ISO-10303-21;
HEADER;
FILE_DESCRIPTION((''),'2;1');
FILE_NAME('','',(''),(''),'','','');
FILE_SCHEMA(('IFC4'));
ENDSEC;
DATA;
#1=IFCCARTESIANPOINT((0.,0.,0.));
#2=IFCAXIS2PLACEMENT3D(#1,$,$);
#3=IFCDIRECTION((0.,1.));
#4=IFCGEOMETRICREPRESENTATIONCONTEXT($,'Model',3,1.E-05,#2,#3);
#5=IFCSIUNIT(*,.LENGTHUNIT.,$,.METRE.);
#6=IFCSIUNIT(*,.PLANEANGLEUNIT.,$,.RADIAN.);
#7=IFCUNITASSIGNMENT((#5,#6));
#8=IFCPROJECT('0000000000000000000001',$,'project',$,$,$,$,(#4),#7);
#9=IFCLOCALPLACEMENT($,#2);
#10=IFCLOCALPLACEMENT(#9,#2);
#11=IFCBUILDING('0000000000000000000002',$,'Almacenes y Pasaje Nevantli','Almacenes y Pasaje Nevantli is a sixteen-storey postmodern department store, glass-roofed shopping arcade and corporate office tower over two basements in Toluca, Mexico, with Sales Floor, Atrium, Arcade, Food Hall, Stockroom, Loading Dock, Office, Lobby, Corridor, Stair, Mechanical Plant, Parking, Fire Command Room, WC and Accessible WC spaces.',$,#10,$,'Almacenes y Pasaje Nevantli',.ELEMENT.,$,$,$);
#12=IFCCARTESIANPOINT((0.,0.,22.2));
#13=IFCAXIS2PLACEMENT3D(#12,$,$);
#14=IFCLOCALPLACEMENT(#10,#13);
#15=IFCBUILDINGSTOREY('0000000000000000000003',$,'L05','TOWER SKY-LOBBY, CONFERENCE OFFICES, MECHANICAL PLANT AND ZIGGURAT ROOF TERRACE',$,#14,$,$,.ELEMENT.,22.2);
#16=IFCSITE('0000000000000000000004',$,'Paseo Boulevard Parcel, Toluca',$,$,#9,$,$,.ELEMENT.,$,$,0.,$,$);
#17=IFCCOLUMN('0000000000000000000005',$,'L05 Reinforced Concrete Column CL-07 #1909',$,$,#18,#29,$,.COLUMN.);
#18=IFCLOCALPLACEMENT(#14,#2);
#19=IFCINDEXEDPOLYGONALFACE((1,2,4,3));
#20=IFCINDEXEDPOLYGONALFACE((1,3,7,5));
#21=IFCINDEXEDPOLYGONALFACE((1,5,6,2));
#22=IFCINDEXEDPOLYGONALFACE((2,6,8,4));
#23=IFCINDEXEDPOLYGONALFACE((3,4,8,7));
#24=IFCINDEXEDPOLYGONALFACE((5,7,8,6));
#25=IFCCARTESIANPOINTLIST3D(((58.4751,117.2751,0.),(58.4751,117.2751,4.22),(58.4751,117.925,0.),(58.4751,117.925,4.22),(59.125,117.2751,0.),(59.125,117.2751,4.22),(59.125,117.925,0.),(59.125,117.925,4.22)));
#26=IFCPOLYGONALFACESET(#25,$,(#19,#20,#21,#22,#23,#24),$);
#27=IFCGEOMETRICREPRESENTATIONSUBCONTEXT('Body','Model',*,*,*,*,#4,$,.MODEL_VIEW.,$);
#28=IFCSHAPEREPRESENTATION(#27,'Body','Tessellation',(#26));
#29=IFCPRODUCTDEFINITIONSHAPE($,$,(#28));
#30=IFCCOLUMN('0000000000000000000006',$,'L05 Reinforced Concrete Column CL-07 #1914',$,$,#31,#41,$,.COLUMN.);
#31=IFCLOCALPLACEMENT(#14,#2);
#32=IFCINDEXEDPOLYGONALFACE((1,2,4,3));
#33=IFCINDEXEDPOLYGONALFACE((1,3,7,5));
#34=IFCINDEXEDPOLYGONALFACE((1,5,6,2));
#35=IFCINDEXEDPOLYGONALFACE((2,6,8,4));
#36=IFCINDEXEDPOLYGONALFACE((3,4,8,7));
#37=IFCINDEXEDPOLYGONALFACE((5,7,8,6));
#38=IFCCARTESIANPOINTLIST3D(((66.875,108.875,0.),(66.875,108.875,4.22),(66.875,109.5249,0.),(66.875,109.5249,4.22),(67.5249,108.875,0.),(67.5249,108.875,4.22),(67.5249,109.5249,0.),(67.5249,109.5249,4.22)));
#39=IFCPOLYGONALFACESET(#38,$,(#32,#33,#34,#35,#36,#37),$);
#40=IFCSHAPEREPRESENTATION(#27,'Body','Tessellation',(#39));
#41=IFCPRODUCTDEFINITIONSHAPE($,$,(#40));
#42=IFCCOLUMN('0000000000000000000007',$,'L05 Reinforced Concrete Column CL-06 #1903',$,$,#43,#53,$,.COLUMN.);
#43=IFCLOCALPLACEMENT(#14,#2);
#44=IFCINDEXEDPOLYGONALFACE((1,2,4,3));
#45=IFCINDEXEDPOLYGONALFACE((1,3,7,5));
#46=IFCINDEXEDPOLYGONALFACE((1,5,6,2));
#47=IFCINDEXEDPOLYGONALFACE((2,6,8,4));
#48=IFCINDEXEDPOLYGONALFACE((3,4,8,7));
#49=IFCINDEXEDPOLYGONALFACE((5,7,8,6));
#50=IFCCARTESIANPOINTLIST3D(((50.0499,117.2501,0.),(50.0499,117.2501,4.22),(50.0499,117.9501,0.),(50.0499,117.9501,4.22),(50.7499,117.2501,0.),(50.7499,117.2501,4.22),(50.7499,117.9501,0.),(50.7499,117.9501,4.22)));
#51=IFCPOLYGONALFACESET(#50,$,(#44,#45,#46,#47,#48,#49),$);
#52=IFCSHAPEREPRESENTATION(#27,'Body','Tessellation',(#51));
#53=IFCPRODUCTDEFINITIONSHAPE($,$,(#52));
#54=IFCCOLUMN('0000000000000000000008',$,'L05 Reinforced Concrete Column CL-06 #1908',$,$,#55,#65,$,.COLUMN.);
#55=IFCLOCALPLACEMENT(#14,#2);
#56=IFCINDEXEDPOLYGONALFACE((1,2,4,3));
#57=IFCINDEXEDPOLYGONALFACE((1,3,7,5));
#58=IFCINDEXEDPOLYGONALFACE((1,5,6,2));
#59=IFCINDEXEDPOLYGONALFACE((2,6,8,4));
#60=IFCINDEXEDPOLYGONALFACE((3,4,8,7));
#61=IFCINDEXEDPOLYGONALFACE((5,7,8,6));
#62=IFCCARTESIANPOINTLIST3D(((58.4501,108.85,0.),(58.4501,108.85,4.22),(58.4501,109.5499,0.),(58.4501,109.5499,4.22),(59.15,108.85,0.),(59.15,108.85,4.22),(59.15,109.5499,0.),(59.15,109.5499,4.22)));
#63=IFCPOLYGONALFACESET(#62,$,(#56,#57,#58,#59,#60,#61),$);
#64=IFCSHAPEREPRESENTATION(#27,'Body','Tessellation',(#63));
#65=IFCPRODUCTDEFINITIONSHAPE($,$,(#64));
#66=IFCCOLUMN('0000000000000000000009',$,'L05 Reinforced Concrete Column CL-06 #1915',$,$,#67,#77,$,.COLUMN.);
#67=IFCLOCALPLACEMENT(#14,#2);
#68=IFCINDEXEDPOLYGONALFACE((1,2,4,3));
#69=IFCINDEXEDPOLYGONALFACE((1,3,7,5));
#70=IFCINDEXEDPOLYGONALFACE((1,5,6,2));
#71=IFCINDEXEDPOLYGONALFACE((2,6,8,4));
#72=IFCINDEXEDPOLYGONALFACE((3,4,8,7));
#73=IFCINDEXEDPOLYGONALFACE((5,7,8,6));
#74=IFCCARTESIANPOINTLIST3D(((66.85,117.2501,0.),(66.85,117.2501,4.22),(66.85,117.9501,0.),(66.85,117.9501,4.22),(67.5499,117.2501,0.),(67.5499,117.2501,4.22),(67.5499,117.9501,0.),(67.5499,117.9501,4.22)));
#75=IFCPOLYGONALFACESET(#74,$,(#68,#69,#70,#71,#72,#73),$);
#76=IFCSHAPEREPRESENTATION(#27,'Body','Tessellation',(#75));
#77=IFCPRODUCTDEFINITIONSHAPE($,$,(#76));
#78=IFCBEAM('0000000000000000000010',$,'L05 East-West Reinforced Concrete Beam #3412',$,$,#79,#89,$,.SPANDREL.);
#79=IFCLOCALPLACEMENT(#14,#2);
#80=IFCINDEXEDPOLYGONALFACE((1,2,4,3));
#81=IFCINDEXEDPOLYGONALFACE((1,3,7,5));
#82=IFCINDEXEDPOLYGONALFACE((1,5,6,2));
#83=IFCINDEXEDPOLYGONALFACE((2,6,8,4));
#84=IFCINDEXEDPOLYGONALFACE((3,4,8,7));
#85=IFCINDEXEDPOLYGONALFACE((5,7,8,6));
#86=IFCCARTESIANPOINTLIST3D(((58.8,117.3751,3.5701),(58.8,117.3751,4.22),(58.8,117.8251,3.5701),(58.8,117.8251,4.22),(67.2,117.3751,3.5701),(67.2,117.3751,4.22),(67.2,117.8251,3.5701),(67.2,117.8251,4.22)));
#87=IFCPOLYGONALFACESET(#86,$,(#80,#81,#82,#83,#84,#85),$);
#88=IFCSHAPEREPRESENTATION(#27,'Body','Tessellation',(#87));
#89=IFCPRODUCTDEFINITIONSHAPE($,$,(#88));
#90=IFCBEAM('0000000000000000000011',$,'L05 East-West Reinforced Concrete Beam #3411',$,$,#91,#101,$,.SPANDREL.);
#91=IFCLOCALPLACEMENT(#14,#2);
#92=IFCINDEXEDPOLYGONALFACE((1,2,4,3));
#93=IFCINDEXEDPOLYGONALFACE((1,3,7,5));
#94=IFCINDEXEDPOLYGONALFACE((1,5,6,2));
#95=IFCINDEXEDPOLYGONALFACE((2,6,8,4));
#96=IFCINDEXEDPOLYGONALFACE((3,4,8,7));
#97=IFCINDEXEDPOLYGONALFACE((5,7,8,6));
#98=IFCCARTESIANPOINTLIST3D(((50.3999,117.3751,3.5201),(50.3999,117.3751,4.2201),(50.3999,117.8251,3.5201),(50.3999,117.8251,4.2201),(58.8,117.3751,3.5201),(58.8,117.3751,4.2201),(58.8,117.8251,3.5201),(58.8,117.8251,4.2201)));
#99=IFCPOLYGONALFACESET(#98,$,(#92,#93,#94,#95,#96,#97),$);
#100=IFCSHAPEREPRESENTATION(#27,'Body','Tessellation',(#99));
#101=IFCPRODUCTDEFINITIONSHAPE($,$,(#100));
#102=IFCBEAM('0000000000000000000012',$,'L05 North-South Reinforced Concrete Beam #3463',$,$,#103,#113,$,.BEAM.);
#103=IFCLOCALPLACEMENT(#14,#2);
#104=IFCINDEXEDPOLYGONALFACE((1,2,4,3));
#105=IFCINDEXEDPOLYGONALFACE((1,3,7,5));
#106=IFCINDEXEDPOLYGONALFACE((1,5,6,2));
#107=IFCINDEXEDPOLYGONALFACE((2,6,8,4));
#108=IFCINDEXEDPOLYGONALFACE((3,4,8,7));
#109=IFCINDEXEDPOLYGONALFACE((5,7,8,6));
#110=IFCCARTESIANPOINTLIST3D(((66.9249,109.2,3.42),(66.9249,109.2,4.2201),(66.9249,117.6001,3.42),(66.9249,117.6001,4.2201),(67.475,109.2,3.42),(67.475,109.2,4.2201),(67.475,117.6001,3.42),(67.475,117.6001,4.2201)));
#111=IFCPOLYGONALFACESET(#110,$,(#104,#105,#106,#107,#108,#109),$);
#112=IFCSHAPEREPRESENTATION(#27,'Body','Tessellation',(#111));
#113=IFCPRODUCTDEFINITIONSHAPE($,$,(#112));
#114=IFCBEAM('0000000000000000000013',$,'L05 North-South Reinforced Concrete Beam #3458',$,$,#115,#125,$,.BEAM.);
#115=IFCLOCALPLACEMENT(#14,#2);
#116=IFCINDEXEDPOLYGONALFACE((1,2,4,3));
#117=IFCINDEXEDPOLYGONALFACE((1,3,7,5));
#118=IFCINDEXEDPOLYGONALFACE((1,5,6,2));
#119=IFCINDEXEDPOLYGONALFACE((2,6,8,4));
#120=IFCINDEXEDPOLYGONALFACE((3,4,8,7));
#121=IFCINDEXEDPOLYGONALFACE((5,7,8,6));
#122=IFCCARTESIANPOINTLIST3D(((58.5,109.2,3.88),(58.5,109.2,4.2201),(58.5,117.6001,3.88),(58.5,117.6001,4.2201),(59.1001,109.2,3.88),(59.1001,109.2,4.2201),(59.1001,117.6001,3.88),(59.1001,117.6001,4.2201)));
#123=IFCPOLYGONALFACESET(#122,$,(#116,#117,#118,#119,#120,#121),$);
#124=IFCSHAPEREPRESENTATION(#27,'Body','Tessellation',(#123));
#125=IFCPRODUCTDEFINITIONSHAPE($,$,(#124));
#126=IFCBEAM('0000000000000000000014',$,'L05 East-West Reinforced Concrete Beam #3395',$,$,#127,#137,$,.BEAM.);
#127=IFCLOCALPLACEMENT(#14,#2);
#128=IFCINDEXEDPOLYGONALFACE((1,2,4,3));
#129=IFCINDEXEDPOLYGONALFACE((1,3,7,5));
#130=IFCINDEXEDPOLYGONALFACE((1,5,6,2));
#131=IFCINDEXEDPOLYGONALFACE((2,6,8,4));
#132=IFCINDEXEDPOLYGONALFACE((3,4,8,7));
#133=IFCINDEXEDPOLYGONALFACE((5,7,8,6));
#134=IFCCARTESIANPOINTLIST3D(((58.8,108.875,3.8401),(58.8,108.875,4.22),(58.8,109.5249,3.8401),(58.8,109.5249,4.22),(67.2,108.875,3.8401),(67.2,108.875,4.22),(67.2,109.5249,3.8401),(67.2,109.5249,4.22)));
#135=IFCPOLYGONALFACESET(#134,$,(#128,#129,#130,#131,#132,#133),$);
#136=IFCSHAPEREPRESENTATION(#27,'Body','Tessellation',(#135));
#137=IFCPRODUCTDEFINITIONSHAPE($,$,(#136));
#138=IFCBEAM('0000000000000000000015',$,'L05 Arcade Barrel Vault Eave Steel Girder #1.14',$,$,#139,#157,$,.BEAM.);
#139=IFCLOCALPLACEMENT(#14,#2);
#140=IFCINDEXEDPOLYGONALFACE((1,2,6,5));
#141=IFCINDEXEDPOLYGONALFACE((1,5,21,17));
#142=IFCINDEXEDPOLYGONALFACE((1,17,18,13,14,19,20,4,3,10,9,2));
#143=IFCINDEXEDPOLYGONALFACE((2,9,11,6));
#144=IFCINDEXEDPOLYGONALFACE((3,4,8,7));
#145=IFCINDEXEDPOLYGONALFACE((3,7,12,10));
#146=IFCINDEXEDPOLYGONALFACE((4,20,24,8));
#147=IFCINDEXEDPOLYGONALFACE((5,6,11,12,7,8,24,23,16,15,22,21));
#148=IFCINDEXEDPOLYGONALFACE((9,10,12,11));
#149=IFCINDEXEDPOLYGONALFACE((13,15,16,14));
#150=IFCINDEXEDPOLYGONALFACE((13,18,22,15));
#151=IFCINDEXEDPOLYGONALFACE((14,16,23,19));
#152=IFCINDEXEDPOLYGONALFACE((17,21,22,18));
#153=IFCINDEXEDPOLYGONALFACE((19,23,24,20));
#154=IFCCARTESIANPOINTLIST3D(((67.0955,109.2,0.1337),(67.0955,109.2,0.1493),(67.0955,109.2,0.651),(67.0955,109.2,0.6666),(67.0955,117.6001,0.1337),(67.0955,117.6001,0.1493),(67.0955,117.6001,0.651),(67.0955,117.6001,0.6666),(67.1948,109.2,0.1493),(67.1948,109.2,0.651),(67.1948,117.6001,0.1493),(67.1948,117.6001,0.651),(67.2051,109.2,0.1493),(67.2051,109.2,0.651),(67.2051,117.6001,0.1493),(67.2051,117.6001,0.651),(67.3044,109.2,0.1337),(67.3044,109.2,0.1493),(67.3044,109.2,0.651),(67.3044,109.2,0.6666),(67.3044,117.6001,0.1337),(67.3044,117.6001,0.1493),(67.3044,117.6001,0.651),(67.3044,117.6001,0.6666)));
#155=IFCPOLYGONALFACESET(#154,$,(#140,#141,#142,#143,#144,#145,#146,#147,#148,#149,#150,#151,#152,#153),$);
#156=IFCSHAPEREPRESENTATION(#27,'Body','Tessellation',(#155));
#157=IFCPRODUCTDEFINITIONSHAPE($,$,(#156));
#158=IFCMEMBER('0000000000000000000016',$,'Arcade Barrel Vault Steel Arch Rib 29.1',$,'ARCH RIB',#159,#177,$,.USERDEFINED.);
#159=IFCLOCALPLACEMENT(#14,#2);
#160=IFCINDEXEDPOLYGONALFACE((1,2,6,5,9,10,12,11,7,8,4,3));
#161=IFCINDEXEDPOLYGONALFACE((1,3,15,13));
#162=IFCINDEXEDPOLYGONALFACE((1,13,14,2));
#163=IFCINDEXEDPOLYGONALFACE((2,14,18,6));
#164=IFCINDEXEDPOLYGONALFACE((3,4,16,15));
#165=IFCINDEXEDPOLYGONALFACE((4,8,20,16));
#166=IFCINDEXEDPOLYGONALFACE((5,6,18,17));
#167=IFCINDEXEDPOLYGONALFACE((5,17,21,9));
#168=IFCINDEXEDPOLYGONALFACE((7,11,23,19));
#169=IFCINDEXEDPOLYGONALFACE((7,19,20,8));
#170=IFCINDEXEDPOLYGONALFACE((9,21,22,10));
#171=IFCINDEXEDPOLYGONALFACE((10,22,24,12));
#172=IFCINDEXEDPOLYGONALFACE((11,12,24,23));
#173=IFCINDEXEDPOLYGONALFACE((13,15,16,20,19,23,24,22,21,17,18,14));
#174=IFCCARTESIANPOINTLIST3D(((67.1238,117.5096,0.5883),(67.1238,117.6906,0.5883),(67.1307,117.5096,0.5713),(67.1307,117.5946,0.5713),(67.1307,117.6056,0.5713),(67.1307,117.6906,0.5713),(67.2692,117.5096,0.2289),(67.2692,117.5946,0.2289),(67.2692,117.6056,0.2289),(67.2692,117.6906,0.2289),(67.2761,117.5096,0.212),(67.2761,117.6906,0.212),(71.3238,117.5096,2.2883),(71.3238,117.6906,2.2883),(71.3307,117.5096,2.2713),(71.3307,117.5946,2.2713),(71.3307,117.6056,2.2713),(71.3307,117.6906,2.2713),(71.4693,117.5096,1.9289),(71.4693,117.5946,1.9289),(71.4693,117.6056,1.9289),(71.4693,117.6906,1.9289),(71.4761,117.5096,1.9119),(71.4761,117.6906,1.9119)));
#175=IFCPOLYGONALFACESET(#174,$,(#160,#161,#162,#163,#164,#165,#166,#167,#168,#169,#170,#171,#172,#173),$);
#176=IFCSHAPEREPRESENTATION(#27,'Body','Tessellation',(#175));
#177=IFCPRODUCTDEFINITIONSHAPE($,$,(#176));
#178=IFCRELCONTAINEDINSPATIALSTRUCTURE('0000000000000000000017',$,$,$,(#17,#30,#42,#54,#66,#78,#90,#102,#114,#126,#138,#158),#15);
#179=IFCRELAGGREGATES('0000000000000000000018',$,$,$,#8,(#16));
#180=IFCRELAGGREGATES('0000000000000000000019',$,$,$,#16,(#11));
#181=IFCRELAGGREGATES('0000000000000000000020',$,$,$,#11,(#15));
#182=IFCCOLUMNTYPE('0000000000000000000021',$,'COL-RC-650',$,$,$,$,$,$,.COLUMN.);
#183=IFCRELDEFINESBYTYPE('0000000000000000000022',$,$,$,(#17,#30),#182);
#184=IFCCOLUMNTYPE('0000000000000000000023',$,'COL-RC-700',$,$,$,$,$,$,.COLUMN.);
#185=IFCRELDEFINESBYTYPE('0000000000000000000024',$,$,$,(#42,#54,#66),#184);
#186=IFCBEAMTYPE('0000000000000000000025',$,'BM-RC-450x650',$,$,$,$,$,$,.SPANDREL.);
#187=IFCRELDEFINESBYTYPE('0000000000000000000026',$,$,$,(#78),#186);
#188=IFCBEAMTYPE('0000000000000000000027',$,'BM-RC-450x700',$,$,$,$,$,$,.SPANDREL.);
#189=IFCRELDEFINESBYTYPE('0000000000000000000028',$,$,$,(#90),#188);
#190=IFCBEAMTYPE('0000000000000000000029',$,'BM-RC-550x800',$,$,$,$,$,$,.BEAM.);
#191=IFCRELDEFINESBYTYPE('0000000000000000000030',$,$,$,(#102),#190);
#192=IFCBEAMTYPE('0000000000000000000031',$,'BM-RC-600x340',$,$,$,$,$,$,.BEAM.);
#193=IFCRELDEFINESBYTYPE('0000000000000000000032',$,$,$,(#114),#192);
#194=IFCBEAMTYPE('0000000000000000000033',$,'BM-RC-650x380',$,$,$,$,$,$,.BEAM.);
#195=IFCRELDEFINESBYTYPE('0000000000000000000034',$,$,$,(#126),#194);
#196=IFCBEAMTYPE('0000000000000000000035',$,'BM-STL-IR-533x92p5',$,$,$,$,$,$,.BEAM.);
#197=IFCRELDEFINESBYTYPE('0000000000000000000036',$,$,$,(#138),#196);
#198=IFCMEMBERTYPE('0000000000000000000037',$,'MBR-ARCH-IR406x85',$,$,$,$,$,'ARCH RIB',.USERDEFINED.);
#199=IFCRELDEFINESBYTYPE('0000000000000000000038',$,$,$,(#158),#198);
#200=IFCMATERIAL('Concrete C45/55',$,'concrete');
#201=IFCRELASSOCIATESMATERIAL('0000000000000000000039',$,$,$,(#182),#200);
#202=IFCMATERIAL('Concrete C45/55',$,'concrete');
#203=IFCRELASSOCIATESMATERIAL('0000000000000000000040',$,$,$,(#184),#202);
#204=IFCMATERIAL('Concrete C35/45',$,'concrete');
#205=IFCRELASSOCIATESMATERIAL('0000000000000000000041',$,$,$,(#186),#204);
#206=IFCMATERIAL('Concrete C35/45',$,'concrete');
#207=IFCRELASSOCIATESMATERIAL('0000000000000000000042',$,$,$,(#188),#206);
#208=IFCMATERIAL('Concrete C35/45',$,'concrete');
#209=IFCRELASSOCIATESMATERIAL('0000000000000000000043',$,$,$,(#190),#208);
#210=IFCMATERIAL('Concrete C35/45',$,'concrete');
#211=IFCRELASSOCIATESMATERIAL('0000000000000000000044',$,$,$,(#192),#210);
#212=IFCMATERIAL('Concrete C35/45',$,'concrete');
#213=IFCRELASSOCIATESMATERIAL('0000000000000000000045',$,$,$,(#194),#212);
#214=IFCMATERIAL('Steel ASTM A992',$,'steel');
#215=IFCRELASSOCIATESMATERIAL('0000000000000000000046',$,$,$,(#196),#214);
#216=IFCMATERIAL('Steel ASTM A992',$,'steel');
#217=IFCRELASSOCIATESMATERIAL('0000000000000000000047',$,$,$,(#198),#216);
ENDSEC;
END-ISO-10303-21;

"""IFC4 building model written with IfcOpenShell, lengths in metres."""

from ifc_helpers import new_model, si_unit, direction, frame, origin, origin_2d, place, context, subcontext, project, spatial, rectangle, i_section, extrude, material, material_profile, profile_set, type_object, element, save


model = new_model("IFC4")

# Units and contexts
model_context = context("Model", 3, precision=1e-05, world=origin(), true_north=direction((0.0, 1.0)))
body_context = subcontext(model_context, "Body", "Model", "MODEL_VIEW")
ifc_project = project(units=[si_unit("LENGTHUNIT", "METRE"), si_unit("PLANEANGLEUNIT", "RADIAN")], contexts=[model_context])

# Site, building, storey
site_placement = place(None, origin())
site = spatial("IfcSite", under=ifc_project, at=site_placement, Name="Paseo Boulevard Parcel, Toluca", CompositionType="ELEMENT", RefElevation=0.0)
building_placement = place(site_placement, origin())
building = spatial("IfcBuilding", under=site, at=building_placement, Name="Almacenes y Pasaje Nevantli", Description="Almacenes y Pasaje Nevantli is a sixteen-storey postmodern department store, glass-roofed shopping arcade and corporate office tower over two basements in Toluca, Mexico, with Sales Floor, Atrium, Arcade, Food Hall, Stockroom, Loading Dock, Office, Lobby, Corridor, Stair, Mechanical Plant, Parking, Fire Command Room, WC and Accessible WC spaces.", LongName="Almacenes y Pasaje Nevantli", CompositionType="ELEMENT")
storey_placement = place(building_placement, frame((0.0, 0.0, 22.2)))
storey = spatial("IfcBuildingStorey", under=building, at=storey_placement, Name="L05", Description="TOWER SKY-LOBBY, CONFERENCE OFFICES, MECHANICAL PLANT AND ZIGGURAT ROOF TERRACE", CompositionType="ELEMENT", Elevation=22.2)

# Columns
ifc_material_1 = material(Name="Concrete C45/55", Category="concrete")
ifc_material_profile_1 = material_profile(ifc_material_1, rectangle(XDim=0.6499, YDim=0.6499, at=origin_2d()), Name="RC-COL-650x650")
ifc_profile_set_1 = profile_set([ifc_material_profile_1], Name="Concrete C45/55")
column_type_1 = type_object("IfcColumnType", Name="COL-RC-650", PredefinedType="COLUMN", material=ifc_profile_set_1)
for number, where, z_axis, x_axis, name in (
    (1, (58.8, 117.6001, 0.0), (0.0, 0.0, 1.0), (1.0, 0.0, 0.0), "L05 Reinforced Concrete Column CL-07 #1909"),
    (2, (67.2, 109.2, 0.0), (0.0, 0.0, 1.0), (1.0, 0.0, 0.0), "L05 Reinforced Concrete Column CL-07 #1914"),
):
    element("IfcColumn", number, at=place(storey_placement, frame(where, z_axis=z_axis, x_axis=x_axis)), inside=storey, type_object=column_type_1, Name=name, PredefinedType="COLUMN", context=body_context, shape_type="SweptSolid", body=[
        extrude(rectangle(XDim=0.6499, YDim=0.6499, at=origin_2d()), origin(), (0.0, 0.0, 1.0), 4.22),
    ])
ifc_material_2 = material(Name="Concrete C45/55", Category="concrete")
ifc_material_profile_2 = material_profile(ifc_material_2, rectangle(XDim=0.7, YDim=0.7, at=origin_2d()), Name="RC-COL-700x700")
ifc_profile_set_2 = profile_set([ifc_material_profile_2], Name="Concrete C45/55")
column_type_2 = type_object("IfcColumnType", Name="COL-RC-700", PredefinedType="COLUMN", material=ifc_profile_set_2)
for number, where, z_axis, x_axis, name in (
    (3, (50.3999, 117.6001, 0.0), (0.0, 0.0, 1.0), (1.0, 0.0, 0.0), "L05 Reinforced Concrete Column CL-06 #1903"),
    (4, (58.8, 109.2, 0.0), (0.0, 0.0, 1.0), (1.0, 0.0, 0.0), "L05 Reinforced Concrete Column CL-06 #1908"),
    (5, (67.2, 117.6001, 0.0), (0.0, 0.0, 1.0), (1.0, 0.0, 0.0), "L05 Reinforced Concrete Column CL-06 #1915"),
):
    element("IfcColumn", number, at=place(storey_placement, frame(where, z_axis=z_axis, x_axis=x_axis)), inside=storey, type_object=column_type_2, Name=name, PredefinedType="COLUMN", context=body_context, shape_type="SweptSolid", body=[
        extrude(rectangle(XDim=0.7, YDim=0.7, at=origin_2d()), origin(), (0.0, 0.0, 1.0), 4.22),
    ])

# Beams
ifc_material_3 = material(Name="Concrete C35/45", Category="concrete")
ifc_material_profile_3 = material_profile(ifc_material_3, rectangle(XDim=0.45, YDim=0.6499, at=origin_2d()), Name="RC-BM-450x650")
ifc_profile_set_3 = profile_set([ifc_material_profile_3], Name="Concrete C35/45")
beam_type_1 = type_object("IfcBeamType", Name="BM-RC-450x650", PredefinedType="SPANDREL", material=ifc_profile_set_3)
beam_1_placement = place(storey_placement, frame((58.8, 117.6001, 3.895), z_axis=(1.0, 0.0, 0.0), x_axis=(0.0, 1.0, 0.0)))
element("IfcBeam", 6, at=beam_1_placement, inside=storey, type_object=beam_type_1, Name="L05 East-West Reinforced Concrete Beam #3412", PredefinedType="SPANDREL", context=body_context, shape_type="SweptSolid", body=[
    extrude(rectangle(XDim=0.45, YDim=0.6499, at=origin_2d()), origin(), (0.0, 0.0, 1.0), 8.3999),
])
ifc_material_4 = material(Name="Concrete C35/45", Category="concrete")
ifc_material_profile_4 = material_profile(ifc_material_4, rectangle(XDim=0.45, YDim=0.7, at=origin_2d()), Name="RC-BM-450x700")
ifc_profile_set_4 = profile_set([ifc_material_profile_4], Name="Concrete C35/45")
beam_type_2 = type_object("IfcBeamType", Name="BM-RC-450x700", PredefinedType="SPANDREL", material=ifc_profile_set_4)
beam_2_placement = place(storey_placement, frame((50.3999, 117.6001, 3.8701), z_axis=(1.0, 0.0, 0.0), x_axis=(0.0, 1.0, 0.0)))
element("IfcBeam", 7, at=beam_2_placement, inside=storey, type_object=beam_type_2, Name="L05 East-West Reinforced Concrete Beam #3411", PredefinedType="SPANDREL", context=body_context, shape_type="SweptSolid", body=[
    extrude(rectangle(XDim=0.45, YDim=0.7, at=origin_2d()), origin(), (0.0, 0.0, 1.0), 8.4001),
])
ifc_material_5 = material(Name="Concrete C35/45", Category="concrete")
ifc_material_profile_5 = material_profile(ifc_material_5, rectangle(XDim=0.55, YDim=0.8, at=origin_2d()), Name="RC-BM-550x800")
ifc_profile_set_5 = profile_set([ifc_material_profile_5], Name="Concrete C35/45")
beam_type_3 = type_object("IfcBeamType", Name="BM-RC-550x800", PredefinedType="BEAM", material=ifc_profile_set_5)
beam_3_placement = place(storey_placement, frame((67.2, 109.2, 3.8201), z_axis=(0.0, 1.0, 0.0), x_axis=(-1.0, 0.0, 0.0)))
element("IfcBeam", 8, at=beam_3_placement, inside=storey, type_object=beam_type_3, Name="L05 North-South Reinforced Concrete Beam #3463", PredefinedType="BEAM", context=body_context, shape_type="SweptSolid", body=[
    extrude(rectangle(XDim=0.55, YDim=0.8, at=origin_2d()), origin(), (0.0, 0.0, 1.0), 8.4001),
])
ifc_material_6 = material(Name="Concrete C35/45", Category="concrete")
ifc_material_profile_6 = material_profile(ifc_material_6, rectangle(XDim=0.6001, YDim=0.3401, at=origin_2d()), Name="RC-BM-600x340")
ifc_profile_set_6 = profile_set([ifc_material_profile_6], Name="Concrete C35/45")
beam_type_4 = type_object("IfcBeamType", Name="BM-RC-600x340", PredefinedType="BEAM", material=ifc_profile_set_6)
beam_4_placement = place(storey_placement, frame((58.8, 109.2, 4.05), z_axis=(0.0, 1.0, 0.0), x_axis=(-1.0, 0.0, 0.0)))
element("IfcBeam", 9, at=beam_4_placement, inside=storey, type_object=beam_type_4, Name="L05 North-South Reinforced Concrete Beam #3458", PredefinedType="BEAM", context=body_context, shape_type="SweptSolid", body=[
    extrude(rectangle(XDim=0.6001, YDim=0.3401, at=origin_2d()), origin(), (0.0, 0.0, 1.0), 8.4001),
])
ifc_material_7 = material(Name="Concrete C35/45", Category="concrete")
ifc_material_profile_7 = material_profile(ifc_material_7, rectangle(XDim=0.6499, YDim=0.3799, at=origin_2d()), Name="RC-BM-650x380")
ifc_profile_set_7 = profile_set([ifc_material_profile_7], Name="Concrete C35/45")
beam_type_5 = type_object("IfcBeamType", Name="BM-RC-650x380", PredefinedType="BEAM", material=ifc_profile_set_7)
beam_5_placement = place(storey_placement, frame((58.8, 109.2, 4.03), z_axis=(1.0, 0.0, 0.0), x_axis=(0.0, 1.0, 0.0)))
element("IfcBeam", 10, at=beam_5_placement, inside=storey, type_object=beam_type_5, Name="L05 East-West Reinforced Concrete Beam #3395", PredefinedType="BEAM", context=body_context, shape_type="SweptSolid", body=[
    extrude(rectangle(XDim=0.6499, YDim=0.3799, at=origin_2d()), origin(), (0.0, 0.0, 1.0), 8.3999),
])
ifc_material_8 = material(Name="Steel ASTM A992", Category="steel")
ifc_material_profile_8 = material_profile(ifc_material_8, i_section(OverallWidth=0.209, OverallDepth=0.533, WebThickness=0.0103, FlangeThickness=0.0156, at=origin_2d()), Name="IR 533x92.5")
ifc_profile_set_8 = profile_set([ifc_material_profile_8], Name="Steel ASTM A992")
beam_type_6 = type_object("IfcBeamType", Name="BM-STL-IR-533x92p5", PredefinedType="BEAM", material=ifc_profile_set_8)
beam_6_placement = place(storey_placement, frame((67.2, 109.2, 0.4001), z_axis=(0.0, 1.0, 0.0), x_axis=(-1.0, 0.0, 0.0)))
element("IfcBeam", 11, at=beam_6_placement, inside=storey, type_object=beam_type_6, Name="L05 Arcade Barrel Vault Eave Steel Girder #1.14", PredefinedType="BEAM", context=body_context, shape_type="SweptSolid", body=[
    extrude(i_section(OverallWidth=0.209, OverallDepth=0.533, WebThickness=0.0103, FlangeThickness=0.0156, at=origin_2d()), origin(), (0.0, 0.0, 1.0), 8.4001),
])

# Member
ifc_material_9 = material(Name="Steel ASTM A992", Category="steel")
ifc_material_profile_9 = material_profile(ifc_material_9, i_section(OverallWidth=0.1809, OverallDepth=0.406, WebThickness=0.011, FlangeThickness=0.0183, at=origin_2d()), Name="IR 406x85.0")
ifc_profile_set_9 = profile_set([ifc_material_profile_9], Name="Steel ASTM A992")
member_type_1 = type_object("IfcMemberType", Name="MBR-ARCH-IR406x85", ElementType="ARCH RIB", PredefinedType="USERDEFINED", material=ifc_profile_set_9)
member_1_placement = place(storey_placement, frame((67.2, 117.6001, 0.4001), z_axis=(0.926949, 0.0, 0.375187), x_axis=(0.0, 1.0, 0.0)))
element("IfcMember", 12, at=member_1_placement, inside=storey, type_object=member_type_1, Name="Arcade Barrel Vault Steel Arch Rib 29.1", ObjectType="ARCH RIB", PredefinedType="USERDEFINED", context=body_context, shape_type="SweptSolid", body=[
    extrude(i_section(OverallWidth=0.1809, OverallDepth=0.406, WebThickness=0.011, FlangeThickness=0.0183, at=origin_2d()), origin(), (0.0, 0.0, 1.0), 4.531),
])

save(model, "model.ifc")
